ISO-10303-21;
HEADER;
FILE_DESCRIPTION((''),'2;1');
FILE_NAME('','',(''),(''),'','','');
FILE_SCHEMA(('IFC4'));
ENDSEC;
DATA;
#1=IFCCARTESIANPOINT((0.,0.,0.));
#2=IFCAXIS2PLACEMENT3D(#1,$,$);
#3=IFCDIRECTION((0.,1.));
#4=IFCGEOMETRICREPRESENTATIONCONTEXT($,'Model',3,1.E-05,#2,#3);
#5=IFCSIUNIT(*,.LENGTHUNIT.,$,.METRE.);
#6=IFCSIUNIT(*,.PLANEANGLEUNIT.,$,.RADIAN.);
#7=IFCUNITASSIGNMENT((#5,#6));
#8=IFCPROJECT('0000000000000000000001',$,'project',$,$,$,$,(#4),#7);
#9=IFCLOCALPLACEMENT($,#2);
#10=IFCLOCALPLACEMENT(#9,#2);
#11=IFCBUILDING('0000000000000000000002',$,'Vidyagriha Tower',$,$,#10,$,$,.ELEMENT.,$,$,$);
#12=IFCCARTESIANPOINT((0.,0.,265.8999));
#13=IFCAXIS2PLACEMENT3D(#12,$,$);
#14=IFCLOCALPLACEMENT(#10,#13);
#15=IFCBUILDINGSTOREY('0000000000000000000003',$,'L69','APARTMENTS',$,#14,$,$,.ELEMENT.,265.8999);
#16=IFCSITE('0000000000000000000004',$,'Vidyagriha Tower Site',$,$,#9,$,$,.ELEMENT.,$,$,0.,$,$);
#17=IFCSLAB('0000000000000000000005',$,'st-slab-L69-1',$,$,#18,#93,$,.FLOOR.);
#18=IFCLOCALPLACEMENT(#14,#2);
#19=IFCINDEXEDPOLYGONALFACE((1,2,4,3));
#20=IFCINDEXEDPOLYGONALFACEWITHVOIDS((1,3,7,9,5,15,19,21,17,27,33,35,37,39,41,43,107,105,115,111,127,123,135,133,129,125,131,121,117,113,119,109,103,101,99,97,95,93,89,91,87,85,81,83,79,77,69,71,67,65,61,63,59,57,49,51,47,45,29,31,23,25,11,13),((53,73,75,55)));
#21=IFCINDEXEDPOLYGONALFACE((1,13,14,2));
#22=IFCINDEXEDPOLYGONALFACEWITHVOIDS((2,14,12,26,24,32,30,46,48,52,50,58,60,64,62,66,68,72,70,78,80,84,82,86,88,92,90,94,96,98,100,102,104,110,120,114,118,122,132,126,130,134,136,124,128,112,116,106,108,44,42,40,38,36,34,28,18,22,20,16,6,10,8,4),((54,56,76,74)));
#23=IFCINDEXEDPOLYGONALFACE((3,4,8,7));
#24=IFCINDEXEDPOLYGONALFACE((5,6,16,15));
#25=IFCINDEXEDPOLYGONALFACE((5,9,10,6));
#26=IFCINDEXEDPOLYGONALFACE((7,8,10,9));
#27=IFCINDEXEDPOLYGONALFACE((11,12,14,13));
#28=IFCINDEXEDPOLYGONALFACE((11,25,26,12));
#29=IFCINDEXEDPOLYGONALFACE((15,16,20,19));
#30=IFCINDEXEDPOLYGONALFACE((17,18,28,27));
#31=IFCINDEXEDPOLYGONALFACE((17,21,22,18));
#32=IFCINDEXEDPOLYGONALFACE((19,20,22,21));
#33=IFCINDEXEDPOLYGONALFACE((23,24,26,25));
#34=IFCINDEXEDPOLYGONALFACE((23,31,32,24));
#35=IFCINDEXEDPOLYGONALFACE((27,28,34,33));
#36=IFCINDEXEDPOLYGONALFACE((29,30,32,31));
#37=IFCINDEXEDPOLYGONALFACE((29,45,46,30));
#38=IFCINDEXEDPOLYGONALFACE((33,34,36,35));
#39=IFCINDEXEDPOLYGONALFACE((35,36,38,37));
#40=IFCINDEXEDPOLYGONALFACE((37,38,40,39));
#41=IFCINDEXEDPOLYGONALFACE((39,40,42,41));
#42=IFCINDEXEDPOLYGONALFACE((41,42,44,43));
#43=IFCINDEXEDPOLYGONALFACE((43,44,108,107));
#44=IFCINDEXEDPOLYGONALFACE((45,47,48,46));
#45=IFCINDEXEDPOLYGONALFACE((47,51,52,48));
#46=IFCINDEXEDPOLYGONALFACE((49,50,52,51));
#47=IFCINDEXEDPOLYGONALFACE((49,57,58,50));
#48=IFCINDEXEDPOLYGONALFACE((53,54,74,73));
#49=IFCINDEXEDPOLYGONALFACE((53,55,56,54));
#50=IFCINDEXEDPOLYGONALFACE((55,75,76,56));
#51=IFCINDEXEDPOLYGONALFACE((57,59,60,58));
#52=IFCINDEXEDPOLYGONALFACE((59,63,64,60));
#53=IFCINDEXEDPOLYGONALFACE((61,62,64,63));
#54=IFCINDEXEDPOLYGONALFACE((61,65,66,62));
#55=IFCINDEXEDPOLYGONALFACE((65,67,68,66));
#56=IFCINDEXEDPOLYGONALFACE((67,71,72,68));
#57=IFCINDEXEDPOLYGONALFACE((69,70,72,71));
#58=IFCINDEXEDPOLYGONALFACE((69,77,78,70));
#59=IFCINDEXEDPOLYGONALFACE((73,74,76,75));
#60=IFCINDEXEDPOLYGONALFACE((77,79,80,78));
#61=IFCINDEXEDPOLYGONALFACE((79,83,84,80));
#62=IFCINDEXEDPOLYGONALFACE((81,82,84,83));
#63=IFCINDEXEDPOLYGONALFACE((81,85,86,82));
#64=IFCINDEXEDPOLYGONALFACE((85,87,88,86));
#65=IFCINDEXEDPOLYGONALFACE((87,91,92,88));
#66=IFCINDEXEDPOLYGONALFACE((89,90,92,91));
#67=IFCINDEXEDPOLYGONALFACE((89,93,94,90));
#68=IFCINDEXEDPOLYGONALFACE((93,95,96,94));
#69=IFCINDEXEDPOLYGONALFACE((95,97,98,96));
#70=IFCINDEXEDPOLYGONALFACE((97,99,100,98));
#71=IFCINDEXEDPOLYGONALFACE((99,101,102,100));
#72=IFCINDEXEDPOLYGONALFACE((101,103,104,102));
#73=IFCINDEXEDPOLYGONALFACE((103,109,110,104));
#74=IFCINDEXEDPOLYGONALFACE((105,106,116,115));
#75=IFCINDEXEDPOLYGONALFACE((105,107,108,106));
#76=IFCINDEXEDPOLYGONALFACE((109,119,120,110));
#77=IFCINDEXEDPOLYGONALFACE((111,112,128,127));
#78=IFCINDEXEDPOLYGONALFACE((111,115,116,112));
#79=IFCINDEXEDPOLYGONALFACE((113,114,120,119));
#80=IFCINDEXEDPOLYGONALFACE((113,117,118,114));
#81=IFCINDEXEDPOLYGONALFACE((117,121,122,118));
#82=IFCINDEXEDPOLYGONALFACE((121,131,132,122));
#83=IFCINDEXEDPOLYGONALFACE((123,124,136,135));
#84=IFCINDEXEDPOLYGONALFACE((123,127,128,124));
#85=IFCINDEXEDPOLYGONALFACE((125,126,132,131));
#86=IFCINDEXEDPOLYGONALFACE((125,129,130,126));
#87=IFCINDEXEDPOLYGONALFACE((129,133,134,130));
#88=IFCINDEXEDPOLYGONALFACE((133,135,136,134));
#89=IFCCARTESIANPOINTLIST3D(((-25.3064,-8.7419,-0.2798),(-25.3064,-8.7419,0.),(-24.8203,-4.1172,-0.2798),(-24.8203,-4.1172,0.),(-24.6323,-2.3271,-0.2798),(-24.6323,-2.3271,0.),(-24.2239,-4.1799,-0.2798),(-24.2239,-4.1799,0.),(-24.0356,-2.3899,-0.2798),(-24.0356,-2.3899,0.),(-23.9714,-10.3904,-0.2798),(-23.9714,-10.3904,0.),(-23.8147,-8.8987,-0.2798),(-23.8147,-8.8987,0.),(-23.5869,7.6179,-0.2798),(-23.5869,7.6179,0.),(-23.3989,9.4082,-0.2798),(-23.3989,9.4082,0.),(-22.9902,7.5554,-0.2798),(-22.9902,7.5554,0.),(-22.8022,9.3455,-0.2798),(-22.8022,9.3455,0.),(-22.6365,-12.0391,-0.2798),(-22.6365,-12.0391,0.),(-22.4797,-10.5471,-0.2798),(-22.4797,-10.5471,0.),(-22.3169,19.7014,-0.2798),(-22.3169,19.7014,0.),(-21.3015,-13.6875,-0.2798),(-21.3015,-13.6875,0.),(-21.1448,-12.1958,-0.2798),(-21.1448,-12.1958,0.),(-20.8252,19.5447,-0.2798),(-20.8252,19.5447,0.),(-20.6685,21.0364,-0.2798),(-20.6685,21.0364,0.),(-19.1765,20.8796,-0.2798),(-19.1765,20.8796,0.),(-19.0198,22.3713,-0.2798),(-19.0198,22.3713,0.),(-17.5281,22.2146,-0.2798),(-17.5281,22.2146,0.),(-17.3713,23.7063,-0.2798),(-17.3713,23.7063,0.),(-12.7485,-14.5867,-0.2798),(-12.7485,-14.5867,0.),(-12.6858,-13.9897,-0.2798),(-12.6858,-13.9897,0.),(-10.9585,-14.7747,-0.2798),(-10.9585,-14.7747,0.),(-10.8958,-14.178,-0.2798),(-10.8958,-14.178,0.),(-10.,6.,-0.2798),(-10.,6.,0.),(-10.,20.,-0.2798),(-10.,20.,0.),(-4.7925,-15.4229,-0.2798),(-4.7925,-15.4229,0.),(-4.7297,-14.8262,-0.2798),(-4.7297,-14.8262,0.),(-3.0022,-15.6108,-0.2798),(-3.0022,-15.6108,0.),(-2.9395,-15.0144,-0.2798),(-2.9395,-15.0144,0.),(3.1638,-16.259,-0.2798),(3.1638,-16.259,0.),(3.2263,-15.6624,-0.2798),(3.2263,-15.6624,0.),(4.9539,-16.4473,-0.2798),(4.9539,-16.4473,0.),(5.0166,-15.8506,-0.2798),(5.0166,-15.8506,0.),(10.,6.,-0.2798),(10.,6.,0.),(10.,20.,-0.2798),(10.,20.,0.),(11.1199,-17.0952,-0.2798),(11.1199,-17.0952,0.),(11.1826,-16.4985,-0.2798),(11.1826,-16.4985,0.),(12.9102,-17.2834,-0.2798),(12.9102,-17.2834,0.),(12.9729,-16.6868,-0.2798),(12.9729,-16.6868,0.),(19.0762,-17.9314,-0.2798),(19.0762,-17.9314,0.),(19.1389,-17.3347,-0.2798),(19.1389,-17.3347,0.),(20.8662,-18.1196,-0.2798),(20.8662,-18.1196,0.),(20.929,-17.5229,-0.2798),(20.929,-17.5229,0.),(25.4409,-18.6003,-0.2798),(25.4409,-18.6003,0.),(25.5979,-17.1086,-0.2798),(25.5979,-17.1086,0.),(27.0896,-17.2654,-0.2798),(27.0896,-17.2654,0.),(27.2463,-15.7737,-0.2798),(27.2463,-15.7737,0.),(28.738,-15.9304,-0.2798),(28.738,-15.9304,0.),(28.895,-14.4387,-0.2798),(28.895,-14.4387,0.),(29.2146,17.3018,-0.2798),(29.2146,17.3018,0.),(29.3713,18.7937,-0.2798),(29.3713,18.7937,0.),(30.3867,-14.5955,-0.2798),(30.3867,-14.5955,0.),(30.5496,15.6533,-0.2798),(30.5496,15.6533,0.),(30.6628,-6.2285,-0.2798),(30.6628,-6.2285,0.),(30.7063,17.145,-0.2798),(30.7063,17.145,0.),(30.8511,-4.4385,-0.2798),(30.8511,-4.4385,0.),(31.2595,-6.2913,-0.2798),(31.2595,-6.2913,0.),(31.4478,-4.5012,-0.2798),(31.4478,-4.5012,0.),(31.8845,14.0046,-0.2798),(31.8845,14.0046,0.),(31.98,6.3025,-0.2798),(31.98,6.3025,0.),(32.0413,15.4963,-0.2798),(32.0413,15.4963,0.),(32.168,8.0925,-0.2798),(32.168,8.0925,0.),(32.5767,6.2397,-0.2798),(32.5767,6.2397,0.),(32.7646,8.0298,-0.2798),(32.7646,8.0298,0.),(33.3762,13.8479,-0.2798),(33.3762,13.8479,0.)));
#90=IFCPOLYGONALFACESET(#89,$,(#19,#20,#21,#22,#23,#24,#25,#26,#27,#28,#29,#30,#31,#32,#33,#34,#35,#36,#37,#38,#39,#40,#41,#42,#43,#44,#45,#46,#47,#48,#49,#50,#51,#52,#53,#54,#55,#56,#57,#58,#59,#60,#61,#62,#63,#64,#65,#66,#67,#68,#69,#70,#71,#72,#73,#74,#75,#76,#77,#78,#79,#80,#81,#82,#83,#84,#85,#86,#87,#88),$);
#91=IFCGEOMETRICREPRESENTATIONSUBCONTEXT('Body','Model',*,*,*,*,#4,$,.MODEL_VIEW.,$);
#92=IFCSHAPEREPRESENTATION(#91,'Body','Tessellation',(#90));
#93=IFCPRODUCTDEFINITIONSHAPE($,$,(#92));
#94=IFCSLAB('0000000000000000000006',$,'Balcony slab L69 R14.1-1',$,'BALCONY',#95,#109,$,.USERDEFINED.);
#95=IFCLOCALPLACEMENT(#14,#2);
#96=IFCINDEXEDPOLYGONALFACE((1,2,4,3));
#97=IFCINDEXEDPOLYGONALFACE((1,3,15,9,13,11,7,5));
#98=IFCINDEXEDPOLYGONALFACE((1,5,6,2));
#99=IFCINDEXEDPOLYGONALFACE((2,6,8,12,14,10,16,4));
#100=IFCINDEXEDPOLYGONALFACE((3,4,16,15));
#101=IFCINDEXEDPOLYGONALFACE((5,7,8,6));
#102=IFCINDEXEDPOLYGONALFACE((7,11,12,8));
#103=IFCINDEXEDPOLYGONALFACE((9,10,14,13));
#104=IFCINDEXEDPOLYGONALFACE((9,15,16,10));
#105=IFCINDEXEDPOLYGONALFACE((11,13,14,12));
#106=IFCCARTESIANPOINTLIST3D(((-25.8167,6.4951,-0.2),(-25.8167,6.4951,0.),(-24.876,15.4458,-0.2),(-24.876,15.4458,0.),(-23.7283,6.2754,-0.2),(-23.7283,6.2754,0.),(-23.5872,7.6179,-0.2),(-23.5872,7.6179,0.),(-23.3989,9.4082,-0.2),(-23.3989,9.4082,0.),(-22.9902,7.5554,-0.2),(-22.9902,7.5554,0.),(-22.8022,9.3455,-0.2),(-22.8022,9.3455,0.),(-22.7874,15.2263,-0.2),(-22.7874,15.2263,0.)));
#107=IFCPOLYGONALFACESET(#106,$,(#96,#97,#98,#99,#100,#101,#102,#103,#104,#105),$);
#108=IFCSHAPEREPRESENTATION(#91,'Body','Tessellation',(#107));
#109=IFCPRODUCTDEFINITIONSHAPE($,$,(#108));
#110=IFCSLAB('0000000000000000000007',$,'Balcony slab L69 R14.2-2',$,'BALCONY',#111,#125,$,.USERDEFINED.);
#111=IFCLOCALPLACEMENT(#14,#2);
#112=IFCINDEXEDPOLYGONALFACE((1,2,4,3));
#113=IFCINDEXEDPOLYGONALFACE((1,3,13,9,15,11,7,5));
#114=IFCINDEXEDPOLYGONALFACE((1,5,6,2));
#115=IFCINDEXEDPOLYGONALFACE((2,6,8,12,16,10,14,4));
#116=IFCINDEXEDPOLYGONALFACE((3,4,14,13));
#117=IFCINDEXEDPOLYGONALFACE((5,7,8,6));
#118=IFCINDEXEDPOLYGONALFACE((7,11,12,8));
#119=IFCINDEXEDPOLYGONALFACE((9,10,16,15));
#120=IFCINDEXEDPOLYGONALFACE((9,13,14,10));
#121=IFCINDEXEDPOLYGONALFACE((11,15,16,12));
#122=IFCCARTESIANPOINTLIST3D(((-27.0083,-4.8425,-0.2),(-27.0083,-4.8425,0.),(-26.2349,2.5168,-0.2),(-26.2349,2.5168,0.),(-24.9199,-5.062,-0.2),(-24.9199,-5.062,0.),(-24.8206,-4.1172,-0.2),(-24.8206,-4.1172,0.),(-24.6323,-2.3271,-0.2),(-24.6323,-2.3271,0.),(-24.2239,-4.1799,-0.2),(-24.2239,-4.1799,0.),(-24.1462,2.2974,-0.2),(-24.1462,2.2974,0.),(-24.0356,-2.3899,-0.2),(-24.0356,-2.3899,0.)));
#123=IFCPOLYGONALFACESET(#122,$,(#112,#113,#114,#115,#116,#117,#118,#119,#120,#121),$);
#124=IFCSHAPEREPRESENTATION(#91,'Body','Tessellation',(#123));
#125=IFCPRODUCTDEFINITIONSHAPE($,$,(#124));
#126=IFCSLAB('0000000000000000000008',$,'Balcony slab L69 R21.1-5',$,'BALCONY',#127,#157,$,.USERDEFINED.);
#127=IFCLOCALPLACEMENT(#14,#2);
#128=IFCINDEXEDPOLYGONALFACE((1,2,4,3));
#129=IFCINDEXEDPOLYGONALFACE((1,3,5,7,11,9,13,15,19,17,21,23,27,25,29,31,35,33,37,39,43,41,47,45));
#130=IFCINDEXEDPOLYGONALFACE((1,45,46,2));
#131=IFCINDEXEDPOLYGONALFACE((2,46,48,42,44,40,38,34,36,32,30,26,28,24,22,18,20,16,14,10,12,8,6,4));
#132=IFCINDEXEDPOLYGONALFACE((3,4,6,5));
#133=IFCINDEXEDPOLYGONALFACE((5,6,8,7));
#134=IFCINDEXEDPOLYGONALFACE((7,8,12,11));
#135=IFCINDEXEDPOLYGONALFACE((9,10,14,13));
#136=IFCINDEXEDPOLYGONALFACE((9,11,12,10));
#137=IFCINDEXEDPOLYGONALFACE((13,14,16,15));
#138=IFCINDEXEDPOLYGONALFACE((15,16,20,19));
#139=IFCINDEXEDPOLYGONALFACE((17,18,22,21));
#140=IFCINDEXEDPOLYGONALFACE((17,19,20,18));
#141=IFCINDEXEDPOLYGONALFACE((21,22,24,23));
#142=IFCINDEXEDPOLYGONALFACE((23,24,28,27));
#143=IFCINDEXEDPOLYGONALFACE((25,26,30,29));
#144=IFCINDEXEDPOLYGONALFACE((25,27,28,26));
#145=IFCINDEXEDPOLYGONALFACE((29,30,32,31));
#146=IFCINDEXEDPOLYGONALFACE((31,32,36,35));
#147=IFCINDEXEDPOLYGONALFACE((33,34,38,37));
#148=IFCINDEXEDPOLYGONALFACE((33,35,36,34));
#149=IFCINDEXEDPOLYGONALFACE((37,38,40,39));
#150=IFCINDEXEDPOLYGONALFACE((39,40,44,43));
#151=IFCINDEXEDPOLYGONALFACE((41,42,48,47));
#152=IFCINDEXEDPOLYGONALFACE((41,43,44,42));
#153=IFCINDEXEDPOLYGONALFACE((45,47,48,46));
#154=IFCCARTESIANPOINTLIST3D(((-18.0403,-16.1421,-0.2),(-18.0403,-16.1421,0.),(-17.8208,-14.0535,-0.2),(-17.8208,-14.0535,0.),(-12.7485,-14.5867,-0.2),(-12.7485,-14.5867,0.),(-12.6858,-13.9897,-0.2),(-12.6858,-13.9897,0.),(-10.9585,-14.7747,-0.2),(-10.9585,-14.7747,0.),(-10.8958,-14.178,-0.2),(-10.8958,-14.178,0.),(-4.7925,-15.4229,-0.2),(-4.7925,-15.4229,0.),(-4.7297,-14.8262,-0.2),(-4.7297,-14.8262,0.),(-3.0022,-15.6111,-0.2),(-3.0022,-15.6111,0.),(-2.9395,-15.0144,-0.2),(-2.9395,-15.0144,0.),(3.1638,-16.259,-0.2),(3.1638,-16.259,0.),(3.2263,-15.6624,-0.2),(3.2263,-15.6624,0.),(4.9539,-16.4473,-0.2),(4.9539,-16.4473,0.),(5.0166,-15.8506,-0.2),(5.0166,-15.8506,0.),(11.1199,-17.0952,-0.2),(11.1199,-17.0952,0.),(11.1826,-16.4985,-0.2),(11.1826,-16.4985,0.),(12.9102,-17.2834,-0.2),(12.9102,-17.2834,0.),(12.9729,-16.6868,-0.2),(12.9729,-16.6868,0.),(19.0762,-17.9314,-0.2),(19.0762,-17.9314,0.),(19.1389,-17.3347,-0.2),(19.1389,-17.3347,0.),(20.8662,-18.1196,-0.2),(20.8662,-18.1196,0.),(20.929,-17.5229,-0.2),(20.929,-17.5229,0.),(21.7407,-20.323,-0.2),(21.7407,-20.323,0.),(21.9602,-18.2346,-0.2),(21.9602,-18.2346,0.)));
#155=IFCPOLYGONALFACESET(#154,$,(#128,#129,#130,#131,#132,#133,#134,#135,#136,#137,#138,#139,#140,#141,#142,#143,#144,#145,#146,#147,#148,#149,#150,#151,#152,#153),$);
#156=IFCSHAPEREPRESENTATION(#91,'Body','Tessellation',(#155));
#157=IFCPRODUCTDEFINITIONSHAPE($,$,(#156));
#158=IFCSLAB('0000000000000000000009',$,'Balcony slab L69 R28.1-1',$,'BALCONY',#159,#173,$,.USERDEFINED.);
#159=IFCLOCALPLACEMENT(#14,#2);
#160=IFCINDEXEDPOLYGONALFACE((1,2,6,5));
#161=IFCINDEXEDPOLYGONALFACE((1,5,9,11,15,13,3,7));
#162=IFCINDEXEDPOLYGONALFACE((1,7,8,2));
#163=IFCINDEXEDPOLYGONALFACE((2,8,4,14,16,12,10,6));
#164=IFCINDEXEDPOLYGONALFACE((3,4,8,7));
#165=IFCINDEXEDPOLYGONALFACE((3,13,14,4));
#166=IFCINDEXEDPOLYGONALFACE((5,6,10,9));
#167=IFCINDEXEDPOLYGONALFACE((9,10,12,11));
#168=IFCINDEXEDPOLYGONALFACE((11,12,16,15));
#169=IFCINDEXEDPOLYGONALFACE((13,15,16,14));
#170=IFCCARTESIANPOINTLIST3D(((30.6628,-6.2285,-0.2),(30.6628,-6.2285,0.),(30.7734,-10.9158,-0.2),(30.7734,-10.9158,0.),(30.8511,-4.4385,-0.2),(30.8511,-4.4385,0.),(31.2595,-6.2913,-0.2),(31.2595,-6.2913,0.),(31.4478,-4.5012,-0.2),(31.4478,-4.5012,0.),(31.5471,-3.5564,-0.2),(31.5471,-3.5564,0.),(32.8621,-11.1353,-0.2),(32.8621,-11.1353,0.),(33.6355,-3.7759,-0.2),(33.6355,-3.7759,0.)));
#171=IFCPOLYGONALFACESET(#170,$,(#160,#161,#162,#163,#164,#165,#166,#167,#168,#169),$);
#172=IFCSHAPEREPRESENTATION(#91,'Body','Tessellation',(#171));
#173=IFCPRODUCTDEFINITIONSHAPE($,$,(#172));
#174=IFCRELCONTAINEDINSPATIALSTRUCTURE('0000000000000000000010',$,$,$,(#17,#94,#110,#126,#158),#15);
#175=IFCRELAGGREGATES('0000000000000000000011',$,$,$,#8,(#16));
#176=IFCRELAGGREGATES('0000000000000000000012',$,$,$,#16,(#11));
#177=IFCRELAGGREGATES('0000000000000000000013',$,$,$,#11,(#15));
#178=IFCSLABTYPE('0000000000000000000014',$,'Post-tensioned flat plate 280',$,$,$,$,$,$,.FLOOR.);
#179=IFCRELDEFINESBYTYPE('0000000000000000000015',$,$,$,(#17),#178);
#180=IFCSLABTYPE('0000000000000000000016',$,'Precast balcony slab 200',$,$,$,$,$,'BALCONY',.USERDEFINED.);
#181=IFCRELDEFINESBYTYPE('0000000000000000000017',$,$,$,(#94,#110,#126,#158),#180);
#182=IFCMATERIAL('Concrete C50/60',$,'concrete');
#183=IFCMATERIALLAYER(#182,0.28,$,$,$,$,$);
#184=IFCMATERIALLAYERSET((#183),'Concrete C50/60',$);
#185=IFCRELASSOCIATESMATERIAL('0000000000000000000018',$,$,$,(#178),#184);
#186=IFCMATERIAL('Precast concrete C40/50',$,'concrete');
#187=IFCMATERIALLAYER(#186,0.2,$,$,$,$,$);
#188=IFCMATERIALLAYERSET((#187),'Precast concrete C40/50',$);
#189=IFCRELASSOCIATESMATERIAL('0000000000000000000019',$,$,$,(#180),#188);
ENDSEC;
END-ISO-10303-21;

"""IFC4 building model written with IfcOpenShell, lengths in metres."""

from ifc_helpers import new_model, si_unit, direction, frame, origin, place, context, subcontext, project, spatial, polyline, outline, extrude, material, layer, layer_set, type_object, element, save


model = new_model("IFC4")

# Units and contexts
model_context = context("Model", 3, precision=1e-05, world=origin(), true_north=direction((0.0, 1.0)))
body_context = subcontext(model_context, "Body", "Model", "MODEL_VIEW")
ifc_project = project(units=[si_unit("LENGTHUNIT", "METRE"), si_unit("PLANEANGLEUNIT", "RADIAN")], contexts=[model_context])

# Site, building, storey
site_placement = place(None, origin())
site = spatial("IfcSite", under=ifc_project, at=site_placement, Name="Vidyagriha Tower Site", CompositionType="ELEMENT", RefElevation=0.0)
building_placement = place(site_placement, origin())
building = spatial("IfcBuilding", under=site, at=building_placement, Name="Vidyagriha Tower", CompositionType="ELEMENT")
storey_placement = place(building_placement, frame((0.0, 0.0, 265.8999)))
storey = spatial("IfcBuildingStorey", under=building, at=storey_placement, Name="L69", Description="APARTMENTS", CompositionType="ELEMENT", Elevation=265.8999)

# Slabs
ifc_material_1 = material(Name="Concrete C50/60", Category="concrete")
ifc_layer_1 = layer(ifc_material_1, 0.28)
ifc_layer_set_1 = layer_set([ifc_layer_1], Name="Concrete C50/60")
slab_type_1 = type_object("IfcSlabType", Name="Post-tensioned flat plate 280", PredefinedType="FLOOR", material=ifc_layer_set_1)
slab_1_placement = place(storey_placement, frame((0.0, 0.0, -0.2798)))
element("IfcSlab", 1, at=slab_1_placement, inside=storey, type_object=slab_type_1, Name="st-slab-L69-1", PredefinedType="FLOOR", context=body_context, shape_type="SweptSolid", body=[
    extrude(outline(polyline([(28.738, -15.9304), (27.2463, -15.7737), (27.0896, -17.2654), (25.5979, -17.1086), (25.4409, -18.6003), (20.8662, -18.1196), (20.929, -17.5229), (19.1389, -17.3347), (19.0762, -17.9314), (12.9102, -17.2834), (12.9729, -16.6868), (11.1826, -16.4985), (11.1199, -17.0952), (4.9539, -16.4473), (5.0166, -15.8506), (3.2263, -15.6624), (3.1638, -16.259), (-3.0022, -15.6108), (-2.9395, -15.0144), (-4.7297, -14.8262), (-4.7925, -15.4229), (-10.9585, -14.7747), (-10.8958, -14.178), (-12.6858, -13.9897), (-12.7485, -14.5867), (-21.3015, -13.6875), (-21.1448, -12.1958), (-22.6365, -12.0391), (-22.4797, -10.5471), (-23.9714, -10.3904), (-23.8147, -8.8987), (-25.3064, -8.7419), (-24.8203, -4.1172), (-24.2239, -4.1799), (-24.0356, -2.3899), (-24.6323, -2.3271), (-23.5869, 7.6179), (-22.9902, 7.5554), (-22.8022, 9.3455), (-23.3989, 9.4082), (-22.3169, 19.7014), (-20.8252, 19.5447), (-20.6685, 21.0364), (-19.1765, 20.8796), (-19.0198, 22.3713), (-17.5281, 22.2146), (-17.3713, 23.7063), (29.3713, 18.7937), (29.2146, 17.3018), (30.7063, 17.145), (30.5496, 15.6533), (32.0413, 15.4963), (31.8845, 14.0046), (33.3762, 13.8479), (32.7646, 8.0298), (32.168, 8.0925), (31.98, 6.3025), (32.5767, 6.2397), (31.4478, -4.5012), (30.8511, -4.4385), (30.6628, -6.2285), (31.2595, -6.2913), (30.3867, -14.5955), (28.895, -14.4387), (28.738, -15.9304)]), holes=[polyline([(-10.0, 20.0), (-10.0, 6.0), (10.0, 6.0), (10.0, 20.0), (-10.0, 20.0)])]), origin(), (0.0, 0.0, 1.0), 0.2798),
])
ifc_material_2 = material(Name="Precast concrete C40/50", Category="concrete")
ifc_layer_2 = layer(ifc_material_2, 0.2)
ifc_layer_set_2 = layer_set([ifc_layer_2], Name="Precast concrete C40/50")
slab_type_2 = type_object("IfcSlabType", Name="Precast balcony slab 200", ElementType="BALCONY", PredefinedType="USERDEFINED", material=ifc_layer_set_2)
slab_2_placement = place(storey_placement, frame((0.0, 0.0, -0.2)))
element("IfcSlab", 2, at=slab_2_placement, inside=storey, type_object=slab_type_2, Name="Balcony slab L69 R14.1-1", ObjectType="BALCONY", PredefinedType="USERDEFINED", context=body_context, shape_type="SweptSolid", body=[
    extrude(outline(polyline([(-22.9902, 7.5554), (-22.8022, 9.3455), (-23.3989, 9.4082), (-22.7874, 15.2263), (-24.876, 15.4458), (-25.8167, 6.4951), (-23.7283, 6.2754), (-23.5872, 7.6179), (-22.9902, 7.5554)])), origin(), (0.0, 0.0, 1.0), 0.2),
])
slab_3_placement = place(storey_placement, frame((0.0, 0.0, -0.2)))
element("IfcSlab", 3, at=slab_3_placement, inside=storey, type_object=slab_type_2, Name="Balcony slab L69 R14.2-2", ObjectType="BALCONY", PredefinedType="USERDEFINED", context=body_context, shape_type="SweptSolid", body=[
    extrude(outline(polyline([(-24.2239, -4.1799), (-24.0356, -2.3899), (-24.6323, -2.3271), (-24.1462, 2.2974), (-26.2349, 2.5168), (-27.0083, -4.8425), (-24.9199, -5.062), (-24.8206, -4.1172), (-24.2239, -4.1799)])), origin(), (0.0, 0.0, 1.0), 0.2),
])
slab_4_placement = place(storey_placement, frame((0.0, 0.0, -0.2)))
element("IfcSlab", 4, at=slab_4_placement, inside=storey, type_object=slab_type_2, Name="Balcony slab L69 R21.1-5", ObjectType="BALCONY", PredefinedType="USERDEFINED", context=body_context, shape_type="SweptSolid", body=[
    extrude(outline(polyline([(20.8662, -18.1196), (20.929, -17.5229), (19.1389, -17.3347), (19.0762, -17.9314), (12.9102, -17.2834), (12.9729, -16.6868), (11.1826, -16.4985), (11.1199, -17.0952), (4.9539, -16.4473), (5.0166, -15.8506), (3.2263, -15.6624), (3.1638, -16.259), (-3.0022, -15.6111), (-2.9395, -15.0144), (-4.7297, -14.8262), (-4.7925, -15.4229), (-10.9585, -14.7747), (-10.8958, -14.178), (-12.6858, -13.9897), (-12.7485, -14.5867), (-17.8208, -14.0535), (-18.0403, -16.1421), (21.7407, -20.323), (21.9602, -18.2346), (20.8662, -18.1196)])), origin(), (0.0, 0.0, 1.0), 0.2),
])
slab_5_placement = place(storey_placement, frame((0.0, 0.0, -0.2)))
element("IfcSlab", 5, at=slab_5_placement, inside=storey, type_object=slab_type_2, Name="Balcony slab L69 R28.1-1", ObjectType="BALCONY", PredefinedType="USERDEFINED", context=body_context, shape_type="SweptSolid", body=[
    extrude(outline(polyline([(31.2595, -6.2913), (30.7734, -10.9158), (32.8621, -11.1353), (33.6355, -3.7759), (31.5471, -3.5564), (31.4478, -4.5012), (30.8511, -4.4385), (30.6628, -6.2285), (31.2595, -6.2913)])), origin(), (0.0, 0.0, 1.0), 0.2),
])

save(model, "model.ifc")
